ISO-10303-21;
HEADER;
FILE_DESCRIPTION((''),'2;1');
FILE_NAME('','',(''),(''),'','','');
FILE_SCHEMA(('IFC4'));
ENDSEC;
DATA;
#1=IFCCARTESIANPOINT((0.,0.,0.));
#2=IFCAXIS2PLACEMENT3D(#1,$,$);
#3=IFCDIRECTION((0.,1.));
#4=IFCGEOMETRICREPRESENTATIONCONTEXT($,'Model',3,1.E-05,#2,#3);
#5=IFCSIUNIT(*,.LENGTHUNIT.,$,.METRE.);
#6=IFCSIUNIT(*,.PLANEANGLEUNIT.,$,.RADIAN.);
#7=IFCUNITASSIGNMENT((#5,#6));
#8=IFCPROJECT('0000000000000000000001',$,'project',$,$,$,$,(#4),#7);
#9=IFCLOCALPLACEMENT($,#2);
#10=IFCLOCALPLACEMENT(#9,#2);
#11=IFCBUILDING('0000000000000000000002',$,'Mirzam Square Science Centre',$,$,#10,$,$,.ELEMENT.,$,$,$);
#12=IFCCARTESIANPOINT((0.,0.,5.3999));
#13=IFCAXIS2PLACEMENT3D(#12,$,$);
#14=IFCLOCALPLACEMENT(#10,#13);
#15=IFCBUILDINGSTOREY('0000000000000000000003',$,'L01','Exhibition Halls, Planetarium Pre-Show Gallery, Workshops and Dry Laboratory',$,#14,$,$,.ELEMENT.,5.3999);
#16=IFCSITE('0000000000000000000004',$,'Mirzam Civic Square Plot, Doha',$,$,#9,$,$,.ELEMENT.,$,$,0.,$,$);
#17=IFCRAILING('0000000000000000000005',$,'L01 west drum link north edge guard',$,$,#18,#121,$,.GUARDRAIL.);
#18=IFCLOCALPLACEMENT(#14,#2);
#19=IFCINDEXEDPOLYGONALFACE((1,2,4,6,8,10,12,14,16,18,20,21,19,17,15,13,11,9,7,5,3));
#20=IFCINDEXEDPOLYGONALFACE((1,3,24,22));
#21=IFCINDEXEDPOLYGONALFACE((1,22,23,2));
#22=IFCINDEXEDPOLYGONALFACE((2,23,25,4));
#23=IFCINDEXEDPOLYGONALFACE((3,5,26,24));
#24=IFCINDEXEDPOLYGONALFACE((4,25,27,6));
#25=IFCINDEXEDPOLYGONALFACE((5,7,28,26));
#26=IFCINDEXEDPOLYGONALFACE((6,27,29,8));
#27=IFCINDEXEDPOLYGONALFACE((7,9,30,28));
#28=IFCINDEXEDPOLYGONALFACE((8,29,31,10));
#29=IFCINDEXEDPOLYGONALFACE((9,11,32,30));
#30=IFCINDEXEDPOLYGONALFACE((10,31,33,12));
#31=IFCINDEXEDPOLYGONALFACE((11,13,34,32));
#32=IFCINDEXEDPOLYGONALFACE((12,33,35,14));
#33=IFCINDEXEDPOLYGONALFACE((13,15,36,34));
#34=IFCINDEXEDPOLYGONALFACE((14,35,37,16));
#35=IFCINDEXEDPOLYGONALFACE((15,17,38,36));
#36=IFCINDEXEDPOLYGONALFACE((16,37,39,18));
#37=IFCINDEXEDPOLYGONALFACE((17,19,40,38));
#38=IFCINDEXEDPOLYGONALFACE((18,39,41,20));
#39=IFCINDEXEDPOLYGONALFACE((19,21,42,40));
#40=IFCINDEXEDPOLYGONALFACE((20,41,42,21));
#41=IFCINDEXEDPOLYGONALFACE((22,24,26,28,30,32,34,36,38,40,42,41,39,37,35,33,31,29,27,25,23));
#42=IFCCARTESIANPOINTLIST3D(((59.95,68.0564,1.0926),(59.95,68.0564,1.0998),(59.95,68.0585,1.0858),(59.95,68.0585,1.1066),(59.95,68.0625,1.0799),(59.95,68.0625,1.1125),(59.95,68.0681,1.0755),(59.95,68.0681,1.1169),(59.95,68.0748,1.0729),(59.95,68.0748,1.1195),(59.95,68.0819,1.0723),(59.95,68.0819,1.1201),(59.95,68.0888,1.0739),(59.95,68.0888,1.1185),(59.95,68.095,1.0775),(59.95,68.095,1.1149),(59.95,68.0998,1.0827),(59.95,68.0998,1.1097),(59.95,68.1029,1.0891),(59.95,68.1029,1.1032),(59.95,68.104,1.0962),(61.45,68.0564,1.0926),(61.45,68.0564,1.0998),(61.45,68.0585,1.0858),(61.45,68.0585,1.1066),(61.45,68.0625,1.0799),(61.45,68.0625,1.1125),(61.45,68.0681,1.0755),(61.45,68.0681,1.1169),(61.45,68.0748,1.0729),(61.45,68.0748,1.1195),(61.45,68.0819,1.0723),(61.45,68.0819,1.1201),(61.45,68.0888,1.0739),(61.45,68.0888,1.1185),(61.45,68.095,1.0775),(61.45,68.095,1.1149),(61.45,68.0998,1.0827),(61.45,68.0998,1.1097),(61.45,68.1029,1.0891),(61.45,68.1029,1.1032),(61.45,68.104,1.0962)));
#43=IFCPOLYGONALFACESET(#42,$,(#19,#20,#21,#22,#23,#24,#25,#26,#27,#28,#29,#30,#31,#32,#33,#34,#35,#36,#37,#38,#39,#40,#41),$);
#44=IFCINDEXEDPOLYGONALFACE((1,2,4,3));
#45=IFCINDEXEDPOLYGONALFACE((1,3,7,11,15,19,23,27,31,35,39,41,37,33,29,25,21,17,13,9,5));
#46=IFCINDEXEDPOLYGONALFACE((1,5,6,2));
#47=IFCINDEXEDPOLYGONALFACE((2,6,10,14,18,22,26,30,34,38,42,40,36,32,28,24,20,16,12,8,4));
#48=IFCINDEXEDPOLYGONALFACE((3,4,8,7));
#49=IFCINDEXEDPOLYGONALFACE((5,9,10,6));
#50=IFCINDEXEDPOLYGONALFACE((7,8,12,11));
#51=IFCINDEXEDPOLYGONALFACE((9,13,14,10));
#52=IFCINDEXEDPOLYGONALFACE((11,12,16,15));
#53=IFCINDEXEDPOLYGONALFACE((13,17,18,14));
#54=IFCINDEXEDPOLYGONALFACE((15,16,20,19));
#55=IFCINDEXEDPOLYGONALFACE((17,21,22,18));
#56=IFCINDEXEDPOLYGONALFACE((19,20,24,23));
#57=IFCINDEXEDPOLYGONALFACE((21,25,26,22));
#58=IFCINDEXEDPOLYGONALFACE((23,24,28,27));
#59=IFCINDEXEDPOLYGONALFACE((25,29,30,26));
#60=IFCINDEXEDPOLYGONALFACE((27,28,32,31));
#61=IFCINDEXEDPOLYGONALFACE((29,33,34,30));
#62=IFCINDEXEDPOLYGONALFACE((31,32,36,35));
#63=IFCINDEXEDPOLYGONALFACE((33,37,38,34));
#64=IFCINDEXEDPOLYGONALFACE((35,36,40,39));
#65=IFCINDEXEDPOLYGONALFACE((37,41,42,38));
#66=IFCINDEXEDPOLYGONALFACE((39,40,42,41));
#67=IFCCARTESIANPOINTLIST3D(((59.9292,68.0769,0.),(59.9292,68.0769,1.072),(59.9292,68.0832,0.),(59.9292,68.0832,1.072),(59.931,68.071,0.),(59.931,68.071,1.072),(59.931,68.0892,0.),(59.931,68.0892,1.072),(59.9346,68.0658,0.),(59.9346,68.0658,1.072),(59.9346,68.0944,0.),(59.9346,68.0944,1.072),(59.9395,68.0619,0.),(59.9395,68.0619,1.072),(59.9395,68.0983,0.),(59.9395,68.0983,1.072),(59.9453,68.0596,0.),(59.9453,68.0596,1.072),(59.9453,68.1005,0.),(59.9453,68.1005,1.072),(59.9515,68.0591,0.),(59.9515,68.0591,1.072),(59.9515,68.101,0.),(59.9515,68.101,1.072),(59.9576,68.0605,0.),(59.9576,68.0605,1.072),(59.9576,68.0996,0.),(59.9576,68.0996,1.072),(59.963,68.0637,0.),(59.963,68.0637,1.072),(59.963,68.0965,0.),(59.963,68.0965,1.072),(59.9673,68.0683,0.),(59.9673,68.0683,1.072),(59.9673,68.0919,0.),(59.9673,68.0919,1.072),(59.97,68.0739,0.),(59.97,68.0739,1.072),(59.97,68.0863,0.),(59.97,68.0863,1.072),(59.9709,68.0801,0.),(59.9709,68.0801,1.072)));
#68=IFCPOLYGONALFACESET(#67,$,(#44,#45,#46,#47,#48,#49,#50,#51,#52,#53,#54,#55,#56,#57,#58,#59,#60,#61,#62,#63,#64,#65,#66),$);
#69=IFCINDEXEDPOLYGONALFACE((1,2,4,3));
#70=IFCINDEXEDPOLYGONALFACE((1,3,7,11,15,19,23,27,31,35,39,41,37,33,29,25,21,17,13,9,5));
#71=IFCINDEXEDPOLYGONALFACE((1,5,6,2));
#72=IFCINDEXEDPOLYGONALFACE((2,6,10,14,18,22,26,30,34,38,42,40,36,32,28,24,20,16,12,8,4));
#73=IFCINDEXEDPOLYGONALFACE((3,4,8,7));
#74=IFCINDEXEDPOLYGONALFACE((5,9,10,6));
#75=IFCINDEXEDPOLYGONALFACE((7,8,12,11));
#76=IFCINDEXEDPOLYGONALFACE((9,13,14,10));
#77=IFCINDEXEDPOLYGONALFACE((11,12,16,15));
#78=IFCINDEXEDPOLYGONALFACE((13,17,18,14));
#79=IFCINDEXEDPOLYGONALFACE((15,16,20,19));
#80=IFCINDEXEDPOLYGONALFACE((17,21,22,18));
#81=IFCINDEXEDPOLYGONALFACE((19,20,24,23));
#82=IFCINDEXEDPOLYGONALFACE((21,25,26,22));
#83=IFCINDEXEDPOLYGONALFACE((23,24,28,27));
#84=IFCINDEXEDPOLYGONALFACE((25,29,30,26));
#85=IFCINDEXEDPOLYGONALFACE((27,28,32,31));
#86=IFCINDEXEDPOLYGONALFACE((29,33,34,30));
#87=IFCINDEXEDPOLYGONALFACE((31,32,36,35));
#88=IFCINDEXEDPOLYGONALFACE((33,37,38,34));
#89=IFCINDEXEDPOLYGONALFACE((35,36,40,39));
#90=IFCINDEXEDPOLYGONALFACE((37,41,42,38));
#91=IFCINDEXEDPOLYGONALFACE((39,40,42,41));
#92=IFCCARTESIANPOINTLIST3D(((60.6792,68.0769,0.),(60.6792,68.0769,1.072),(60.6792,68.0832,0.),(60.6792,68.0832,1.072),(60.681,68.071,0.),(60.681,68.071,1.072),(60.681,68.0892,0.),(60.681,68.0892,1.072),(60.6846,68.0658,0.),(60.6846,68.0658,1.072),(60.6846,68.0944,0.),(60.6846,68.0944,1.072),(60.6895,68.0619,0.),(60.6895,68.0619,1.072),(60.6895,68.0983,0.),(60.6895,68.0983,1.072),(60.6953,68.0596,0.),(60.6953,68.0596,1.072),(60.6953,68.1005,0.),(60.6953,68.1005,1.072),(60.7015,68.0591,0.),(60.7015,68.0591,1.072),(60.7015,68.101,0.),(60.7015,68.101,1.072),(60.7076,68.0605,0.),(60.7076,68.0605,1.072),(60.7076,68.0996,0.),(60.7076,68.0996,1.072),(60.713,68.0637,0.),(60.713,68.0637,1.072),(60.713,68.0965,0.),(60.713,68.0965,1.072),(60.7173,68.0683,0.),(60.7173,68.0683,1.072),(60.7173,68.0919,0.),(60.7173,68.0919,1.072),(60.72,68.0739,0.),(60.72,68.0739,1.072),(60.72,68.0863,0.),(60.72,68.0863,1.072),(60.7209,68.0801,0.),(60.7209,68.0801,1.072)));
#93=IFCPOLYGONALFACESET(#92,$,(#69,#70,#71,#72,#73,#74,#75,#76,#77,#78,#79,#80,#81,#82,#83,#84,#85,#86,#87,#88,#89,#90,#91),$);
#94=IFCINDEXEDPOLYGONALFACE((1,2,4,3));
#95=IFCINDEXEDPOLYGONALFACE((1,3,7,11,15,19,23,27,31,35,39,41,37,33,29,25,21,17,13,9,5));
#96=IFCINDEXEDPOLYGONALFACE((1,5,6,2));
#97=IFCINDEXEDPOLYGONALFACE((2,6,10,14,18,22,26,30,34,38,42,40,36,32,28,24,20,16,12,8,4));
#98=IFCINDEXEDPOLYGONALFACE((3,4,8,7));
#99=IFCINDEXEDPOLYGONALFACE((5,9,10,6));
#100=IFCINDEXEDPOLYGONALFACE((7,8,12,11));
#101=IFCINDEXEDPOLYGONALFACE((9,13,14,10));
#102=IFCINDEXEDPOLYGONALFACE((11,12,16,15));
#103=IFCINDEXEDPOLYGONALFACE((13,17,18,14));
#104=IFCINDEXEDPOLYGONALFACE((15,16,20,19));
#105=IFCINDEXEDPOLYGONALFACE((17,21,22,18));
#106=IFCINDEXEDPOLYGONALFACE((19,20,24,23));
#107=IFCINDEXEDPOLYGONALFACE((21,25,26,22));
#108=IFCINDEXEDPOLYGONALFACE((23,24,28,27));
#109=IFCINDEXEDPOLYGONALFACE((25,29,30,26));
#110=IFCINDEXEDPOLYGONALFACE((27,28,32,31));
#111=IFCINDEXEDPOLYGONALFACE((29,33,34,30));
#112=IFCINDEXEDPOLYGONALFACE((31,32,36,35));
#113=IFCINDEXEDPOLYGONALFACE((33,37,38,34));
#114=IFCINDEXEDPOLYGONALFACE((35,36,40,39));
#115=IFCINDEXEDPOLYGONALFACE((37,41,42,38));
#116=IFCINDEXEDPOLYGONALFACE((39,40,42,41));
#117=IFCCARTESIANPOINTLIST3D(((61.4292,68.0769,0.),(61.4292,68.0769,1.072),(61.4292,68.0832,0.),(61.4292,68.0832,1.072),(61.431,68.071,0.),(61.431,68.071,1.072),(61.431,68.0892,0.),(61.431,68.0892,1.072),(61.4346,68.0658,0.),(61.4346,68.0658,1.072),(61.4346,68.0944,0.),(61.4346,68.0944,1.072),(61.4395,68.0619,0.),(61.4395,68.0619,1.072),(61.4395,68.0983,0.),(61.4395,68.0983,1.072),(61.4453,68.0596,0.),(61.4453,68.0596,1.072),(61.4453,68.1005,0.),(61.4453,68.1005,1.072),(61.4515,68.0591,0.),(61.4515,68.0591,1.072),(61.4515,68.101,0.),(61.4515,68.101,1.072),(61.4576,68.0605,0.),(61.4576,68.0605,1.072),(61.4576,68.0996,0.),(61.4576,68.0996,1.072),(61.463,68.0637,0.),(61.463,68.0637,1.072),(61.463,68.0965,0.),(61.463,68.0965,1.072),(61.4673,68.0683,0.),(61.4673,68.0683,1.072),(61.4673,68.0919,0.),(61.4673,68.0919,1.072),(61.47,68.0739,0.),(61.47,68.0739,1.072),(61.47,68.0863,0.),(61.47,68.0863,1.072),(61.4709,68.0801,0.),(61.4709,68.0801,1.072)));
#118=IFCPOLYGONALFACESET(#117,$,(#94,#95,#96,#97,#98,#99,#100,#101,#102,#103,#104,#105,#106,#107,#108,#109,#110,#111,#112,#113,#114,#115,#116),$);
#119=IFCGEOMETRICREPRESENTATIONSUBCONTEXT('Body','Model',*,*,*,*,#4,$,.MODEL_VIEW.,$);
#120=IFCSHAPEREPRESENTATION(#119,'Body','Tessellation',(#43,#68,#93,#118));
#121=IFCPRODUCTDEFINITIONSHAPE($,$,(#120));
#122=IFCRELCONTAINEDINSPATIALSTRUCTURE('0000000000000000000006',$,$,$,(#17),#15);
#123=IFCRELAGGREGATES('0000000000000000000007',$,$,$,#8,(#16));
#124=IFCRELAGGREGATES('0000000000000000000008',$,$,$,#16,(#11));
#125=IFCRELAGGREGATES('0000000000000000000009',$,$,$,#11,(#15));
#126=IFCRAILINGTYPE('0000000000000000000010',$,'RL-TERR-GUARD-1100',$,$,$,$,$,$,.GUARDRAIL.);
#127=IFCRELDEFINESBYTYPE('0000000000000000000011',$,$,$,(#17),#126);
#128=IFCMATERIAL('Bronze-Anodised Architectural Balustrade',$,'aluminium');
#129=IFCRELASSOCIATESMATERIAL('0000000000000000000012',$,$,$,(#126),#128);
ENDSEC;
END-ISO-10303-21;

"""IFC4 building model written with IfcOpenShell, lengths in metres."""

from ifc_helpers import new_model, si_unit, direction, frame, origin, origin_2d, place, context, subcontext, project, spatial, circle, extrude, material, type_object, element, save


model = new_model("IFC4")

# Units and contexts
model_context = context("Model", 3, precision=1e-05, world=origin(), true_north=direction((0.0, 1.0)))
body_context = subcontext(model_context, "Body", "Model", "MODEL_VIEW")
ifc_project = project(units=[si_unit("LENGTHUNIT", "METRE"), si_unit("PLANEANGLEUNIT", "RADIAN")], contexts=[model_context])

# Site, building, storey
site_placement = place(None, origin())
site = spatial("IfcSite", under=ifc_project, at=site_placement, Name="Mirzam Civic Square Plot, Doha", CompositionType="ELEMENT", RefElevation=0.0)
building_placement = place(site_placement, origin())
building = spatial("IfcBuilding", under=site, at=building_placement, Name="Mirzam Square Science Centre", CompositionType="ELEMENT")
storey_placement = place(building_placement, frame((0.0, 0.0, 5.3999)))
storey = spatial("IfcBuildingStorey", under=building, at=storey_placement, Name="L01", Description="Exhibition Halls, Planetarium Pre-Show Gallery, Workshops and Dry Laboratory", CompositionType="ELEMENT", Elevation=5.3999)

# Railing
ifc_material_1 = material(Name="Bronze-Anodised Architectural Balustrade", Category="aluminium")
railing_type = type_object("IfcRailingType", Name="RL-TERR-GUARD-1100", PredefinedType="GUARDRAIL", material=ifc_material_1)
railing_1_placement = place(storey_placement, frame((59.95, 68.0801, 0.0)))
element("IfcRailing", 1, at=railing_1_placement, inside=storey, type_object=railing_type, Name="L01 west drum link north edge guard", PredefinedType="GUARDRAIL", context=body_context, shape_type="SweptSolid", body=[
    extrude(circle(Radius=0.0239, at=origin_2d()), frame((0.0, 0.0, 1.0962), z_axis=(1.0, 0.0, 0.0), x_axis=(0.0, 1.0, 0.0)), (0.0, 0.0, 1.0), 1.5),
    extrude(circle(Radius=0.021, at=origin_2d()), origin(), (0.0, 0.0, 1.0), 1.072),
    extrude(circle(Radius=0.021, at=origin_2d()), frame((0.75, 0.0, 0.0)), (0.0, 0.0, 1.0), 1.072),
    extrude(circle(Radius=0.021, at=origin_2d()), frame((1.5, 0.0, 0.0)), (0.0, 0.0, 1.0), 1.072),
])

save(model, "model.ifc")
